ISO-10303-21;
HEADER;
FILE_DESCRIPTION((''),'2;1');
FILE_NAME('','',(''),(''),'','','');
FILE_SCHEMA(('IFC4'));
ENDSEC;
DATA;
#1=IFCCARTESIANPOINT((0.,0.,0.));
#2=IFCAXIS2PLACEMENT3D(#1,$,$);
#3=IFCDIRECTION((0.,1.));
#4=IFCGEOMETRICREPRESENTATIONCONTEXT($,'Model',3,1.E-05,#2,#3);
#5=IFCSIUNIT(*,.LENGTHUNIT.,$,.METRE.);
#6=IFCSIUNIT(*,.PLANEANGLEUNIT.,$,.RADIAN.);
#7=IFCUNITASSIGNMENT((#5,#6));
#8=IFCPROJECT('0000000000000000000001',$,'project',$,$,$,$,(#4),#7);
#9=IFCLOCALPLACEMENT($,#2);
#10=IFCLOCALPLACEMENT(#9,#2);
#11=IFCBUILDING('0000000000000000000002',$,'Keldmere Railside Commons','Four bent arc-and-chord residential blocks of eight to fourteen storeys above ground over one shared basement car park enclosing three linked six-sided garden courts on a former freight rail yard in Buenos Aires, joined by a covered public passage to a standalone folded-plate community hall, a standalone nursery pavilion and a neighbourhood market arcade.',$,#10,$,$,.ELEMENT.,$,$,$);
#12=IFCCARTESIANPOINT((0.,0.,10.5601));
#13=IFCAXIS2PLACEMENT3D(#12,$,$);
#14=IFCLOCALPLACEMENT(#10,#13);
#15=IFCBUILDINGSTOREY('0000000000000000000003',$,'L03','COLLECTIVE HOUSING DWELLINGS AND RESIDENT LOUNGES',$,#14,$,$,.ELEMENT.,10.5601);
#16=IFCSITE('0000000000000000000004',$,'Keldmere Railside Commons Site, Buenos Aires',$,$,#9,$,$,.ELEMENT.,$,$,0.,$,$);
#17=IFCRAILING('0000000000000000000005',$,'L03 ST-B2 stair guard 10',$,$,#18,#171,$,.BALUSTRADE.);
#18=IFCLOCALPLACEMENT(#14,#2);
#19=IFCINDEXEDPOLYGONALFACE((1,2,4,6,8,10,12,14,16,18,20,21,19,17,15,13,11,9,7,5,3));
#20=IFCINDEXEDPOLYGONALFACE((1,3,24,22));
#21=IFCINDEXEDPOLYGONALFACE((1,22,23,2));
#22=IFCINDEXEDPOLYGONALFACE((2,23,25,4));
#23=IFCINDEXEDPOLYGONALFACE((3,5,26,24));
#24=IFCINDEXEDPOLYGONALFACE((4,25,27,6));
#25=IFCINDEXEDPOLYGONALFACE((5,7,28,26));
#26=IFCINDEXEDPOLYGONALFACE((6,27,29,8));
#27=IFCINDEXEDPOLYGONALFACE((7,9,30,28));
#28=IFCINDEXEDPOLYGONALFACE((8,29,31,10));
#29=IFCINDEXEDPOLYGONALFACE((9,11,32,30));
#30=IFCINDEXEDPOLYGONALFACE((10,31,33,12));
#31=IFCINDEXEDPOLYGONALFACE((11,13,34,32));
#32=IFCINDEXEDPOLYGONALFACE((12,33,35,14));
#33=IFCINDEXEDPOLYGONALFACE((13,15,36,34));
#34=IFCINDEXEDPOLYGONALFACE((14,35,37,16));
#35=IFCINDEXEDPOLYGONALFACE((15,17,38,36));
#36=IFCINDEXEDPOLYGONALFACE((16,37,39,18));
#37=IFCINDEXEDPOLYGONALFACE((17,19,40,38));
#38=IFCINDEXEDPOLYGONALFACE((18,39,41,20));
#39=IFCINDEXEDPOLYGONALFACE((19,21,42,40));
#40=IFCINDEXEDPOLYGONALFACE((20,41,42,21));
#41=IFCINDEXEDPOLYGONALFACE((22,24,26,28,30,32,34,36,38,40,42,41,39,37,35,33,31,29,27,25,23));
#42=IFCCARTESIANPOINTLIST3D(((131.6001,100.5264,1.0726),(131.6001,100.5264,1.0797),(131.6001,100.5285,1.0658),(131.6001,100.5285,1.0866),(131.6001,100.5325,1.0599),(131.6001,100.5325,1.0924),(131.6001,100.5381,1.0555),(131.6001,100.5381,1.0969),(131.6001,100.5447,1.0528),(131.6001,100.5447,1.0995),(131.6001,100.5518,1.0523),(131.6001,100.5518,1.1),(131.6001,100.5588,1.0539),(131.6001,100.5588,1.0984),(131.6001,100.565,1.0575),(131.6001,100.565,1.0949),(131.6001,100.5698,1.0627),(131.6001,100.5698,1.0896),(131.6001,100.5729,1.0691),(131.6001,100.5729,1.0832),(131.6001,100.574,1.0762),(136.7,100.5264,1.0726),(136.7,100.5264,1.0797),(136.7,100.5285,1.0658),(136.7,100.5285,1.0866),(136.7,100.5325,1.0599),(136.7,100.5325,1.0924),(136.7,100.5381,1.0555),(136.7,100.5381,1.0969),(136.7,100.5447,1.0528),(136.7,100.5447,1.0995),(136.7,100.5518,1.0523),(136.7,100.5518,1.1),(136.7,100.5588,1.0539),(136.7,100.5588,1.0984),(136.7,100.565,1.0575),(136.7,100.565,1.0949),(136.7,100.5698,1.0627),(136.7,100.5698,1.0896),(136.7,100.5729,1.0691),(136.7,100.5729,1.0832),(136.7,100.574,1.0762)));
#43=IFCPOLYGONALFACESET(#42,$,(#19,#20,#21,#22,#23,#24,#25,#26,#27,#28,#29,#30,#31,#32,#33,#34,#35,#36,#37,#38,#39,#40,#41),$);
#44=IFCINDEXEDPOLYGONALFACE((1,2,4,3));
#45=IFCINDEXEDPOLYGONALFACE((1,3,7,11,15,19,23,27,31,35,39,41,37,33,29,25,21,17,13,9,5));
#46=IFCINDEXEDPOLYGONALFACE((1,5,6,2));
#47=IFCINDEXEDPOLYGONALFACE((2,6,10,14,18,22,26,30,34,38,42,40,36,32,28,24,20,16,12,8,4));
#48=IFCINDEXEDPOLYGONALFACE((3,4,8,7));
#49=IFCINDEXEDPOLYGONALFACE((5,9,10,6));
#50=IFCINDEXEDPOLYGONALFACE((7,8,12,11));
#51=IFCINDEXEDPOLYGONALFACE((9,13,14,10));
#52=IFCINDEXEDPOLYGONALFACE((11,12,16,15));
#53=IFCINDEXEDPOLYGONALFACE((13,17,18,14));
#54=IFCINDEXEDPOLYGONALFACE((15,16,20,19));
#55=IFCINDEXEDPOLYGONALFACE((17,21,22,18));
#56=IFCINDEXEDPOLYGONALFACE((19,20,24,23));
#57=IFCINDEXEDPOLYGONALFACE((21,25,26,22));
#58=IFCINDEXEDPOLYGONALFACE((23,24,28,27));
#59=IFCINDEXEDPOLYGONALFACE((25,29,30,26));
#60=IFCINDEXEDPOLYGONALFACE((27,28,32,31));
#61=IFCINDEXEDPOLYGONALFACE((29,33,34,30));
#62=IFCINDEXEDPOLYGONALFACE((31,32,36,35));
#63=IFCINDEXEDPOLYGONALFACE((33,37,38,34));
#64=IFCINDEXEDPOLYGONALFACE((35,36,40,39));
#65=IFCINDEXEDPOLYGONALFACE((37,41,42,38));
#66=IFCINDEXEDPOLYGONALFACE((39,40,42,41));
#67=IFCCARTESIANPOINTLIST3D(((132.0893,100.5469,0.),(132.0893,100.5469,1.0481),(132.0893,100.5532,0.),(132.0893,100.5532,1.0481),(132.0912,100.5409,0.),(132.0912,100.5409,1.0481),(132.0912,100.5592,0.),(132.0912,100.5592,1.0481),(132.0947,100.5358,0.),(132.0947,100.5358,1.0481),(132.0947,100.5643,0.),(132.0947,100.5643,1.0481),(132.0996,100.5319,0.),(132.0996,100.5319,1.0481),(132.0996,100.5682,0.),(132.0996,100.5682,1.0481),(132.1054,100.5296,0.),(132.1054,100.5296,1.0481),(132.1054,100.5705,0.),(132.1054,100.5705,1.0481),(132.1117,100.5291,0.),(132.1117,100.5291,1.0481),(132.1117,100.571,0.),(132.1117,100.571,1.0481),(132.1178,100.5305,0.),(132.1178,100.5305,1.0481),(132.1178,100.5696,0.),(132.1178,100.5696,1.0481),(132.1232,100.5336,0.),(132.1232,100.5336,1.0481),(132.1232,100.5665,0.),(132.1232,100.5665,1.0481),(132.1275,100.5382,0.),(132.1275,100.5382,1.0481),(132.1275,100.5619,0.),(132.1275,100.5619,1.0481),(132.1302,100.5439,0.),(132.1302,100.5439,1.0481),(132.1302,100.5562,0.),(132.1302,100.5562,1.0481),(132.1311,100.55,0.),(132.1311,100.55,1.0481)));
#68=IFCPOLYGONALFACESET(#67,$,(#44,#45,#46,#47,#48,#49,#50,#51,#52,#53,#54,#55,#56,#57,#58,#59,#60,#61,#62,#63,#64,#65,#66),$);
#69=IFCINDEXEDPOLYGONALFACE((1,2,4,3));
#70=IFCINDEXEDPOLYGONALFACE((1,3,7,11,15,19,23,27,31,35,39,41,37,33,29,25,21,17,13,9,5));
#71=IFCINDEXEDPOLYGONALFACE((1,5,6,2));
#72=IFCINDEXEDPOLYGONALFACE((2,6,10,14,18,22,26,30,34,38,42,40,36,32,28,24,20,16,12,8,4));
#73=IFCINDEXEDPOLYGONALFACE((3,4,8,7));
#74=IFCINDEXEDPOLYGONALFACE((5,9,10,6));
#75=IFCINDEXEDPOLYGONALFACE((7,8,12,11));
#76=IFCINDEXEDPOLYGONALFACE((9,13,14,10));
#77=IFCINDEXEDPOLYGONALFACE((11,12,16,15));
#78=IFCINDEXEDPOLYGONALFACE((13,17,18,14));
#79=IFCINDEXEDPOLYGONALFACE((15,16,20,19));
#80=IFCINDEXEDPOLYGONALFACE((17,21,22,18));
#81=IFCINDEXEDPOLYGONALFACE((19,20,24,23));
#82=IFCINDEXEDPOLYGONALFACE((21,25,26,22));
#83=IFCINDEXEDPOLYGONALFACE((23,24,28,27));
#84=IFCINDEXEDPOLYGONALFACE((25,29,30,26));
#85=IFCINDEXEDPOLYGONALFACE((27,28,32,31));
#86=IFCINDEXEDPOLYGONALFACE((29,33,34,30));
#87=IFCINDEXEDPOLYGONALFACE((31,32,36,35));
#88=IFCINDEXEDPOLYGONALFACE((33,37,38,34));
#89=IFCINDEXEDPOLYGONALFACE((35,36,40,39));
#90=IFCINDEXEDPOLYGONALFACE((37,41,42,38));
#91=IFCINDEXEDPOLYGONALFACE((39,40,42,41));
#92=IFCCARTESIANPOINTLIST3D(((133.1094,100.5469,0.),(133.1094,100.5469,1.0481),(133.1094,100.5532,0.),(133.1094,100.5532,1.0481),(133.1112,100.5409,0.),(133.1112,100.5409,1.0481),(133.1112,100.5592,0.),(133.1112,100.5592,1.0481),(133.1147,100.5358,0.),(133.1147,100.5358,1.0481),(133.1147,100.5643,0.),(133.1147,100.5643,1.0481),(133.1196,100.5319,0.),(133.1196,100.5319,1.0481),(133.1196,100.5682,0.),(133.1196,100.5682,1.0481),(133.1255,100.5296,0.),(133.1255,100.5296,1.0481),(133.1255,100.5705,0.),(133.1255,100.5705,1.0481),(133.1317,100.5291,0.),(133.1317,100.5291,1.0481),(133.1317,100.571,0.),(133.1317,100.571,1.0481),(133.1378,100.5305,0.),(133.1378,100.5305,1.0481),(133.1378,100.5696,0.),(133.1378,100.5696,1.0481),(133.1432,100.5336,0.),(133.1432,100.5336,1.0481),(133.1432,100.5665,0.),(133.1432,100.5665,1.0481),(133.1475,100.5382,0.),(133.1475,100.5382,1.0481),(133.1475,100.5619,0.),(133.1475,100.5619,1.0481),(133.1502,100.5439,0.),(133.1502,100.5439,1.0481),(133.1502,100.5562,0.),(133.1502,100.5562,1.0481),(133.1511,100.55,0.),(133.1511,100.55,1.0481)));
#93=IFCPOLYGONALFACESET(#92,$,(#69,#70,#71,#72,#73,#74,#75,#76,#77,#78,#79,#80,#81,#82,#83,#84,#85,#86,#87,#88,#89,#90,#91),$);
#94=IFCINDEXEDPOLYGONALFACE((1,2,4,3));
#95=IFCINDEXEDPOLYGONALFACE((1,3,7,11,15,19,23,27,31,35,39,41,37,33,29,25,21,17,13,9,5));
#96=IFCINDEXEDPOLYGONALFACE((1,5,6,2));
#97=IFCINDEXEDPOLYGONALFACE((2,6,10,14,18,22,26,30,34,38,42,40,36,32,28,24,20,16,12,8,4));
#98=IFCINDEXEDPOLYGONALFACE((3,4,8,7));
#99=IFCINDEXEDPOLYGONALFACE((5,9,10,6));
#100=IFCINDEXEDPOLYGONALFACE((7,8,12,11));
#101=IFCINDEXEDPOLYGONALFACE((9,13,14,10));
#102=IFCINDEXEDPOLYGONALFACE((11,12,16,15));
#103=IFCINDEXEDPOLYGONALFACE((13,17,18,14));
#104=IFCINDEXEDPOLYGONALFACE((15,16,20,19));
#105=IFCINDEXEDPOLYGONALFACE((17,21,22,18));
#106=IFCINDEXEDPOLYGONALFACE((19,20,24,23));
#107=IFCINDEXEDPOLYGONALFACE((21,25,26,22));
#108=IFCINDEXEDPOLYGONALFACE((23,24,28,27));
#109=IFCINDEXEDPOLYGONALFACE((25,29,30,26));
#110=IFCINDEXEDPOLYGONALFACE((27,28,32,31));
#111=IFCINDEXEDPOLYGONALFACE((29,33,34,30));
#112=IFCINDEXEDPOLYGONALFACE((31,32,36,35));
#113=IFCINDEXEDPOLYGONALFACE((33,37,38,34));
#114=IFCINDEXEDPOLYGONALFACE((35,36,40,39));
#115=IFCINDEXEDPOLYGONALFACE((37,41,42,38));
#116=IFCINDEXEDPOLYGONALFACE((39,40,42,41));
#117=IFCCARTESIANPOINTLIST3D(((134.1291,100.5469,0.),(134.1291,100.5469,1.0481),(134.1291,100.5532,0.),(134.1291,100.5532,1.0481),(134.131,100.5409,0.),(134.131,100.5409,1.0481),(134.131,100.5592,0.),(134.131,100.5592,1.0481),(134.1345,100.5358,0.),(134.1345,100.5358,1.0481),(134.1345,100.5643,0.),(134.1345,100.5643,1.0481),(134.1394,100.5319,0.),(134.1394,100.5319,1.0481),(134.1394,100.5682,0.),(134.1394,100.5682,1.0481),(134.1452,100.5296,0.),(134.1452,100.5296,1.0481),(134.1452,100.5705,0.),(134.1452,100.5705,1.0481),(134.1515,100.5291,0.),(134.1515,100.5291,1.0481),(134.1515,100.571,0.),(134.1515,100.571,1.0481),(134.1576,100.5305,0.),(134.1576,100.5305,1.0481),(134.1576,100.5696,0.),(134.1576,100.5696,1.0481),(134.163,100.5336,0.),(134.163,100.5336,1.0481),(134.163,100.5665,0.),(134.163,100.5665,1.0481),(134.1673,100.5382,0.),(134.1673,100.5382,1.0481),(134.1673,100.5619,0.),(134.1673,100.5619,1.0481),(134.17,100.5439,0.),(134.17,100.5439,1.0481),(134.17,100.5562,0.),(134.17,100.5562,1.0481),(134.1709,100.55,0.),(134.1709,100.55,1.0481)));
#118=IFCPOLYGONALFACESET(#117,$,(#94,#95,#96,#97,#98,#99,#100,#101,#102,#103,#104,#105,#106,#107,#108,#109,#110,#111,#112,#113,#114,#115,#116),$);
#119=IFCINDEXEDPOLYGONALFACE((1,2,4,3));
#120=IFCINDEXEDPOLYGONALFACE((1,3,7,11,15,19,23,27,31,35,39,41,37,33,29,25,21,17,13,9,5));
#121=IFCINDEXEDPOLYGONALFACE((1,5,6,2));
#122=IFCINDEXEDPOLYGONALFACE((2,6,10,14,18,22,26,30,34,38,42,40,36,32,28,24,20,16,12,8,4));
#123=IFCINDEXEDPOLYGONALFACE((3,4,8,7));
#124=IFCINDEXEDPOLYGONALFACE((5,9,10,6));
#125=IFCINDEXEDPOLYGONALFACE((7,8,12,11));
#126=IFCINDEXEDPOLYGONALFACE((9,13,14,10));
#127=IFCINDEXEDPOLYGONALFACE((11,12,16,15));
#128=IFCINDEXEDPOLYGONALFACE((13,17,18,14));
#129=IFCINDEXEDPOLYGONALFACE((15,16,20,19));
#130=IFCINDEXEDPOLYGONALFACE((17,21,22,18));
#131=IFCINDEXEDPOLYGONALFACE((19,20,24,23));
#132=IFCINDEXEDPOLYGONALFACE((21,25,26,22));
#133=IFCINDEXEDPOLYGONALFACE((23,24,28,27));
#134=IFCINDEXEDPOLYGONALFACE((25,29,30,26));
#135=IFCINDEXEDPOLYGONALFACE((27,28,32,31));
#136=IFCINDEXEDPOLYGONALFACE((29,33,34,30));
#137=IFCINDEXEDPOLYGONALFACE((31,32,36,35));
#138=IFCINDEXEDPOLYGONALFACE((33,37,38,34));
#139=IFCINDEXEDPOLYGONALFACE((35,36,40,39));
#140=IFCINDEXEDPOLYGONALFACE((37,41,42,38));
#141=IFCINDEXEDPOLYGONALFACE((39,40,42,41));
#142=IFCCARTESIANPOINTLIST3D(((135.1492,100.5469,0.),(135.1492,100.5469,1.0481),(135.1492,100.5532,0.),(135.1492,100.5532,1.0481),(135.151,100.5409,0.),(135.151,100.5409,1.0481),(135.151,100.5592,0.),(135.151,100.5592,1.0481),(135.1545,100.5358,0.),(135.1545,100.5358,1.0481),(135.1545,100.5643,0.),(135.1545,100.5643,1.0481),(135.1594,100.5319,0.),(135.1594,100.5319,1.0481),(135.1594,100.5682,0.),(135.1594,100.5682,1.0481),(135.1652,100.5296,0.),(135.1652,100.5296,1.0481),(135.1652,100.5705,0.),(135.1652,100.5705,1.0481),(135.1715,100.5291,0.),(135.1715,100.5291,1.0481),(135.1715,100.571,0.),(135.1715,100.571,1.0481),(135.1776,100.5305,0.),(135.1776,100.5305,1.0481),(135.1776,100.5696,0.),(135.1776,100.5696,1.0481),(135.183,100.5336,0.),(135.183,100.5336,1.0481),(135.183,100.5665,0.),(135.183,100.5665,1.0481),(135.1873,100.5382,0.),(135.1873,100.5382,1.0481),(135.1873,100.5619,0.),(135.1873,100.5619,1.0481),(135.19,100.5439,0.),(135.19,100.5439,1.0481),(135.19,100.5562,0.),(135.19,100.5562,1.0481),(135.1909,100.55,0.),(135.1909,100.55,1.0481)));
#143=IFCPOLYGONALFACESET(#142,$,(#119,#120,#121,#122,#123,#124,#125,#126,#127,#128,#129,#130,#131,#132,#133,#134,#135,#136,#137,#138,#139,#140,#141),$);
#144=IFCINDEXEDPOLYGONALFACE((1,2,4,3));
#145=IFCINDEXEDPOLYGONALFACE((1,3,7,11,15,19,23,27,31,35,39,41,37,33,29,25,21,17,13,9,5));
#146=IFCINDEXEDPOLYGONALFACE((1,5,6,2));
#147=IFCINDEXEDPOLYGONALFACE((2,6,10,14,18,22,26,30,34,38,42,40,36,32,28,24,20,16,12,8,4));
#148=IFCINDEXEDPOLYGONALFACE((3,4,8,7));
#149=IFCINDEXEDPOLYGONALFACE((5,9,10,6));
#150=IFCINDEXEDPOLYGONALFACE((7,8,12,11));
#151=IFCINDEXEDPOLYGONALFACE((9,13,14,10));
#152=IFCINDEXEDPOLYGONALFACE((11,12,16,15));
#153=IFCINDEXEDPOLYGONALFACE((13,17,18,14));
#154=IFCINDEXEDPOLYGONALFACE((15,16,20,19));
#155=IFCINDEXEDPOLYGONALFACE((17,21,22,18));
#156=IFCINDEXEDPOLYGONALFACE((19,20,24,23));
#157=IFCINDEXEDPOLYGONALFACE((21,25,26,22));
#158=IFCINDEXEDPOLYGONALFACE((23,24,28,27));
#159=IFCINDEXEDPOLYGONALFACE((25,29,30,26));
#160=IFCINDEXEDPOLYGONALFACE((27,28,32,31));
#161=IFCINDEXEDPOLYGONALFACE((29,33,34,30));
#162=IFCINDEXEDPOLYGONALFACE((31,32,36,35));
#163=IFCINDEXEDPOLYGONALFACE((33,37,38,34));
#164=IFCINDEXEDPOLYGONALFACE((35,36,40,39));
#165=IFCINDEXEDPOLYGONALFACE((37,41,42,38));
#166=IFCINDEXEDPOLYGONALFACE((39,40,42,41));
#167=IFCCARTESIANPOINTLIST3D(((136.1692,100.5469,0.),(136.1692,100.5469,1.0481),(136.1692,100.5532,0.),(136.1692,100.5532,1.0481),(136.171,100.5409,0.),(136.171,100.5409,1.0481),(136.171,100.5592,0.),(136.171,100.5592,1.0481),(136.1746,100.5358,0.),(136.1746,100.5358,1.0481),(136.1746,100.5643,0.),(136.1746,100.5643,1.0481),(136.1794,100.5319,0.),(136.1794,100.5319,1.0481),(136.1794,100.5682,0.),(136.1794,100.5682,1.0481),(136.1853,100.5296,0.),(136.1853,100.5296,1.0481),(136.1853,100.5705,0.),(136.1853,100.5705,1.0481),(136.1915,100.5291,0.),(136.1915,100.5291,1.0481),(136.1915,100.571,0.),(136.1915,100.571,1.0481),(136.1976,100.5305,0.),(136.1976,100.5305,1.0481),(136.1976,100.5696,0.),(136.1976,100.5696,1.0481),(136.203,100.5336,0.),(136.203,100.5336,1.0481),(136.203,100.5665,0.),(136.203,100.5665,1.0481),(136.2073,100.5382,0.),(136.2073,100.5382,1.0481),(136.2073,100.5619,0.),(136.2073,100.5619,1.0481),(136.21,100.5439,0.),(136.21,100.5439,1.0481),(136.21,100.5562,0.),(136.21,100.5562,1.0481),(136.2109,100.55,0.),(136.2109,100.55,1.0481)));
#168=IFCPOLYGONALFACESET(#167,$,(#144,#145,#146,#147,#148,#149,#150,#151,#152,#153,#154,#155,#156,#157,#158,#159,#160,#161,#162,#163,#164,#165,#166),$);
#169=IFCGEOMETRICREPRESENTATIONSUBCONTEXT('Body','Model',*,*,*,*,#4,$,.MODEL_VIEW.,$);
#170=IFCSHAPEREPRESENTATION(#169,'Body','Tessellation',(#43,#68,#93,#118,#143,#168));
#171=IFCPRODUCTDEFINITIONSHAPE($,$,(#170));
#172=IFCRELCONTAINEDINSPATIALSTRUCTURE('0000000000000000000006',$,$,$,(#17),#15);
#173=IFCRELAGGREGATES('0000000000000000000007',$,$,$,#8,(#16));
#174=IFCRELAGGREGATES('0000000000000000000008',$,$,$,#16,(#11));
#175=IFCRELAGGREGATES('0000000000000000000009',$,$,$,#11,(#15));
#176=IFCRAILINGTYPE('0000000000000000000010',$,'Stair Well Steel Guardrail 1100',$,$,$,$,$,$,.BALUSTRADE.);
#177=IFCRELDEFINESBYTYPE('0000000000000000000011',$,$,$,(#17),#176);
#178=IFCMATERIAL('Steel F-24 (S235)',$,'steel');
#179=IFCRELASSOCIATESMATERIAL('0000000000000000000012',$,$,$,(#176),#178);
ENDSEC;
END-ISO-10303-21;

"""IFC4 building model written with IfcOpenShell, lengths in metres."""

from ifc_helpers import new_model, si_unit, direction, frame, origin, origin_2d, place, context, subcontext, project, spatial, circle, extrude, material, type_object, element, save


model = new_model("IFC4")

# Units and contexts
model_context = context("Model", 3, precision=1e-05, world=origin(), true_north=direction((0.0, 1.0)))
body_context = subcontext(model_context, "Body", "Model", "MODEL_VIEW")
ifc_project = project(units=[si_unit("LENGTHUNIT", "METRE"), si_unit("PLANEANGLEUNIT", "RADIAN")], contexts=[model_context])

# Site, building, storey
site_placement = place(None, origin())
site = spatial("IfcSite", under=ifc_project, at=site_placement, Name="Keldmere Railside Commons Site, Buenos Aires", CompositionType="ELEMENT", RefElevation=0.0)
building_placement = place(site_placement, origin())
building = spatial("IfcBuilding", under=site, at=building_placement, Name="Keldmere Railside Commons", Description="Four bent arc-and-chord residential blocks of eight to fourteen storeys above ground over one shared basement car park enclosing three linked six-sided garden courts on a former freight rail yard in Buenos Aires, joined by a covered public passage to a standalone folded-plate community hall, a standalone nursery pavilion and a neighbourhood market arcade.", CompositionType="ELEMENT")
storey_placement = place(building_placement, frame((0.0, 0.0, 10.5601)))
storey = spatial("IfcBuildingStorey", under=building, at=storey_placement, Name="L03", Description="COLLECTIVE HOUSING DWELLINGS AND RESIDENT LOUNGES", CompositionType="ELEMENT", Elevation=10.5601)

# Railing
ifc_material_1 = material(Name="Steel F-24 (S235)", Category="steel")
railing_type_1 = type_object("IfcRailingType", Name="Stair Well Steel Guardrail 1100", PredefinedType="BALUSTRADE", material=ifc_material_1)
railing_1_placement = place(storey_placement, frame((131.6001, 100.55, 0.0)))
element("IfcRailing", 1, at=railing_1_placement, inside=storey, type_object=railing_type_1, Name="L03 ST-B2 stair guard 10", PredefinedType="BALUSTRADE", context=body_context, shape_type="SweptSolid", body=[
    extrude(circle(Radius=0.0239, at=origin_2d()), frame((0.0, 0.0, 1.0762), z_axis=(1.0, 0.0, 0.0), x_axis=(0.0, 1.0, 0.0)), (0.0, 0.0, 1.0), 5.0999),
    extrude(circle(Radius=0.021, at=origin_2d()), frame((0.51, 0.0, 0.0)), (0.0, 0.0, 1.0), 1.0481),
    extrude(circle(Radius=0.021, at=origin_2d()), frame((1.53, 0.0, 0.0)), (0.0, 0.0, 1.0), 1.0481),
    extrude(circle(Radius=0.021, at=origin_2d()), frame((2.5498, 0.0, 0.0)), (0.0, 0.0, 1.0), 1.0481),
    extrude(circle(Radius=0.021, at=origin_2d()), frame((3.5698, 0.0, 0.0)), (0.0, 0.0, 1.0), 1.0481),
    extrude(circle(Radius=0.021, at=origin_2d()), frame((4.5898, 0.0, 0.0)), (0.0, 0.0, 1.0), 1.0481),
])

save(model, "model.ifc")
